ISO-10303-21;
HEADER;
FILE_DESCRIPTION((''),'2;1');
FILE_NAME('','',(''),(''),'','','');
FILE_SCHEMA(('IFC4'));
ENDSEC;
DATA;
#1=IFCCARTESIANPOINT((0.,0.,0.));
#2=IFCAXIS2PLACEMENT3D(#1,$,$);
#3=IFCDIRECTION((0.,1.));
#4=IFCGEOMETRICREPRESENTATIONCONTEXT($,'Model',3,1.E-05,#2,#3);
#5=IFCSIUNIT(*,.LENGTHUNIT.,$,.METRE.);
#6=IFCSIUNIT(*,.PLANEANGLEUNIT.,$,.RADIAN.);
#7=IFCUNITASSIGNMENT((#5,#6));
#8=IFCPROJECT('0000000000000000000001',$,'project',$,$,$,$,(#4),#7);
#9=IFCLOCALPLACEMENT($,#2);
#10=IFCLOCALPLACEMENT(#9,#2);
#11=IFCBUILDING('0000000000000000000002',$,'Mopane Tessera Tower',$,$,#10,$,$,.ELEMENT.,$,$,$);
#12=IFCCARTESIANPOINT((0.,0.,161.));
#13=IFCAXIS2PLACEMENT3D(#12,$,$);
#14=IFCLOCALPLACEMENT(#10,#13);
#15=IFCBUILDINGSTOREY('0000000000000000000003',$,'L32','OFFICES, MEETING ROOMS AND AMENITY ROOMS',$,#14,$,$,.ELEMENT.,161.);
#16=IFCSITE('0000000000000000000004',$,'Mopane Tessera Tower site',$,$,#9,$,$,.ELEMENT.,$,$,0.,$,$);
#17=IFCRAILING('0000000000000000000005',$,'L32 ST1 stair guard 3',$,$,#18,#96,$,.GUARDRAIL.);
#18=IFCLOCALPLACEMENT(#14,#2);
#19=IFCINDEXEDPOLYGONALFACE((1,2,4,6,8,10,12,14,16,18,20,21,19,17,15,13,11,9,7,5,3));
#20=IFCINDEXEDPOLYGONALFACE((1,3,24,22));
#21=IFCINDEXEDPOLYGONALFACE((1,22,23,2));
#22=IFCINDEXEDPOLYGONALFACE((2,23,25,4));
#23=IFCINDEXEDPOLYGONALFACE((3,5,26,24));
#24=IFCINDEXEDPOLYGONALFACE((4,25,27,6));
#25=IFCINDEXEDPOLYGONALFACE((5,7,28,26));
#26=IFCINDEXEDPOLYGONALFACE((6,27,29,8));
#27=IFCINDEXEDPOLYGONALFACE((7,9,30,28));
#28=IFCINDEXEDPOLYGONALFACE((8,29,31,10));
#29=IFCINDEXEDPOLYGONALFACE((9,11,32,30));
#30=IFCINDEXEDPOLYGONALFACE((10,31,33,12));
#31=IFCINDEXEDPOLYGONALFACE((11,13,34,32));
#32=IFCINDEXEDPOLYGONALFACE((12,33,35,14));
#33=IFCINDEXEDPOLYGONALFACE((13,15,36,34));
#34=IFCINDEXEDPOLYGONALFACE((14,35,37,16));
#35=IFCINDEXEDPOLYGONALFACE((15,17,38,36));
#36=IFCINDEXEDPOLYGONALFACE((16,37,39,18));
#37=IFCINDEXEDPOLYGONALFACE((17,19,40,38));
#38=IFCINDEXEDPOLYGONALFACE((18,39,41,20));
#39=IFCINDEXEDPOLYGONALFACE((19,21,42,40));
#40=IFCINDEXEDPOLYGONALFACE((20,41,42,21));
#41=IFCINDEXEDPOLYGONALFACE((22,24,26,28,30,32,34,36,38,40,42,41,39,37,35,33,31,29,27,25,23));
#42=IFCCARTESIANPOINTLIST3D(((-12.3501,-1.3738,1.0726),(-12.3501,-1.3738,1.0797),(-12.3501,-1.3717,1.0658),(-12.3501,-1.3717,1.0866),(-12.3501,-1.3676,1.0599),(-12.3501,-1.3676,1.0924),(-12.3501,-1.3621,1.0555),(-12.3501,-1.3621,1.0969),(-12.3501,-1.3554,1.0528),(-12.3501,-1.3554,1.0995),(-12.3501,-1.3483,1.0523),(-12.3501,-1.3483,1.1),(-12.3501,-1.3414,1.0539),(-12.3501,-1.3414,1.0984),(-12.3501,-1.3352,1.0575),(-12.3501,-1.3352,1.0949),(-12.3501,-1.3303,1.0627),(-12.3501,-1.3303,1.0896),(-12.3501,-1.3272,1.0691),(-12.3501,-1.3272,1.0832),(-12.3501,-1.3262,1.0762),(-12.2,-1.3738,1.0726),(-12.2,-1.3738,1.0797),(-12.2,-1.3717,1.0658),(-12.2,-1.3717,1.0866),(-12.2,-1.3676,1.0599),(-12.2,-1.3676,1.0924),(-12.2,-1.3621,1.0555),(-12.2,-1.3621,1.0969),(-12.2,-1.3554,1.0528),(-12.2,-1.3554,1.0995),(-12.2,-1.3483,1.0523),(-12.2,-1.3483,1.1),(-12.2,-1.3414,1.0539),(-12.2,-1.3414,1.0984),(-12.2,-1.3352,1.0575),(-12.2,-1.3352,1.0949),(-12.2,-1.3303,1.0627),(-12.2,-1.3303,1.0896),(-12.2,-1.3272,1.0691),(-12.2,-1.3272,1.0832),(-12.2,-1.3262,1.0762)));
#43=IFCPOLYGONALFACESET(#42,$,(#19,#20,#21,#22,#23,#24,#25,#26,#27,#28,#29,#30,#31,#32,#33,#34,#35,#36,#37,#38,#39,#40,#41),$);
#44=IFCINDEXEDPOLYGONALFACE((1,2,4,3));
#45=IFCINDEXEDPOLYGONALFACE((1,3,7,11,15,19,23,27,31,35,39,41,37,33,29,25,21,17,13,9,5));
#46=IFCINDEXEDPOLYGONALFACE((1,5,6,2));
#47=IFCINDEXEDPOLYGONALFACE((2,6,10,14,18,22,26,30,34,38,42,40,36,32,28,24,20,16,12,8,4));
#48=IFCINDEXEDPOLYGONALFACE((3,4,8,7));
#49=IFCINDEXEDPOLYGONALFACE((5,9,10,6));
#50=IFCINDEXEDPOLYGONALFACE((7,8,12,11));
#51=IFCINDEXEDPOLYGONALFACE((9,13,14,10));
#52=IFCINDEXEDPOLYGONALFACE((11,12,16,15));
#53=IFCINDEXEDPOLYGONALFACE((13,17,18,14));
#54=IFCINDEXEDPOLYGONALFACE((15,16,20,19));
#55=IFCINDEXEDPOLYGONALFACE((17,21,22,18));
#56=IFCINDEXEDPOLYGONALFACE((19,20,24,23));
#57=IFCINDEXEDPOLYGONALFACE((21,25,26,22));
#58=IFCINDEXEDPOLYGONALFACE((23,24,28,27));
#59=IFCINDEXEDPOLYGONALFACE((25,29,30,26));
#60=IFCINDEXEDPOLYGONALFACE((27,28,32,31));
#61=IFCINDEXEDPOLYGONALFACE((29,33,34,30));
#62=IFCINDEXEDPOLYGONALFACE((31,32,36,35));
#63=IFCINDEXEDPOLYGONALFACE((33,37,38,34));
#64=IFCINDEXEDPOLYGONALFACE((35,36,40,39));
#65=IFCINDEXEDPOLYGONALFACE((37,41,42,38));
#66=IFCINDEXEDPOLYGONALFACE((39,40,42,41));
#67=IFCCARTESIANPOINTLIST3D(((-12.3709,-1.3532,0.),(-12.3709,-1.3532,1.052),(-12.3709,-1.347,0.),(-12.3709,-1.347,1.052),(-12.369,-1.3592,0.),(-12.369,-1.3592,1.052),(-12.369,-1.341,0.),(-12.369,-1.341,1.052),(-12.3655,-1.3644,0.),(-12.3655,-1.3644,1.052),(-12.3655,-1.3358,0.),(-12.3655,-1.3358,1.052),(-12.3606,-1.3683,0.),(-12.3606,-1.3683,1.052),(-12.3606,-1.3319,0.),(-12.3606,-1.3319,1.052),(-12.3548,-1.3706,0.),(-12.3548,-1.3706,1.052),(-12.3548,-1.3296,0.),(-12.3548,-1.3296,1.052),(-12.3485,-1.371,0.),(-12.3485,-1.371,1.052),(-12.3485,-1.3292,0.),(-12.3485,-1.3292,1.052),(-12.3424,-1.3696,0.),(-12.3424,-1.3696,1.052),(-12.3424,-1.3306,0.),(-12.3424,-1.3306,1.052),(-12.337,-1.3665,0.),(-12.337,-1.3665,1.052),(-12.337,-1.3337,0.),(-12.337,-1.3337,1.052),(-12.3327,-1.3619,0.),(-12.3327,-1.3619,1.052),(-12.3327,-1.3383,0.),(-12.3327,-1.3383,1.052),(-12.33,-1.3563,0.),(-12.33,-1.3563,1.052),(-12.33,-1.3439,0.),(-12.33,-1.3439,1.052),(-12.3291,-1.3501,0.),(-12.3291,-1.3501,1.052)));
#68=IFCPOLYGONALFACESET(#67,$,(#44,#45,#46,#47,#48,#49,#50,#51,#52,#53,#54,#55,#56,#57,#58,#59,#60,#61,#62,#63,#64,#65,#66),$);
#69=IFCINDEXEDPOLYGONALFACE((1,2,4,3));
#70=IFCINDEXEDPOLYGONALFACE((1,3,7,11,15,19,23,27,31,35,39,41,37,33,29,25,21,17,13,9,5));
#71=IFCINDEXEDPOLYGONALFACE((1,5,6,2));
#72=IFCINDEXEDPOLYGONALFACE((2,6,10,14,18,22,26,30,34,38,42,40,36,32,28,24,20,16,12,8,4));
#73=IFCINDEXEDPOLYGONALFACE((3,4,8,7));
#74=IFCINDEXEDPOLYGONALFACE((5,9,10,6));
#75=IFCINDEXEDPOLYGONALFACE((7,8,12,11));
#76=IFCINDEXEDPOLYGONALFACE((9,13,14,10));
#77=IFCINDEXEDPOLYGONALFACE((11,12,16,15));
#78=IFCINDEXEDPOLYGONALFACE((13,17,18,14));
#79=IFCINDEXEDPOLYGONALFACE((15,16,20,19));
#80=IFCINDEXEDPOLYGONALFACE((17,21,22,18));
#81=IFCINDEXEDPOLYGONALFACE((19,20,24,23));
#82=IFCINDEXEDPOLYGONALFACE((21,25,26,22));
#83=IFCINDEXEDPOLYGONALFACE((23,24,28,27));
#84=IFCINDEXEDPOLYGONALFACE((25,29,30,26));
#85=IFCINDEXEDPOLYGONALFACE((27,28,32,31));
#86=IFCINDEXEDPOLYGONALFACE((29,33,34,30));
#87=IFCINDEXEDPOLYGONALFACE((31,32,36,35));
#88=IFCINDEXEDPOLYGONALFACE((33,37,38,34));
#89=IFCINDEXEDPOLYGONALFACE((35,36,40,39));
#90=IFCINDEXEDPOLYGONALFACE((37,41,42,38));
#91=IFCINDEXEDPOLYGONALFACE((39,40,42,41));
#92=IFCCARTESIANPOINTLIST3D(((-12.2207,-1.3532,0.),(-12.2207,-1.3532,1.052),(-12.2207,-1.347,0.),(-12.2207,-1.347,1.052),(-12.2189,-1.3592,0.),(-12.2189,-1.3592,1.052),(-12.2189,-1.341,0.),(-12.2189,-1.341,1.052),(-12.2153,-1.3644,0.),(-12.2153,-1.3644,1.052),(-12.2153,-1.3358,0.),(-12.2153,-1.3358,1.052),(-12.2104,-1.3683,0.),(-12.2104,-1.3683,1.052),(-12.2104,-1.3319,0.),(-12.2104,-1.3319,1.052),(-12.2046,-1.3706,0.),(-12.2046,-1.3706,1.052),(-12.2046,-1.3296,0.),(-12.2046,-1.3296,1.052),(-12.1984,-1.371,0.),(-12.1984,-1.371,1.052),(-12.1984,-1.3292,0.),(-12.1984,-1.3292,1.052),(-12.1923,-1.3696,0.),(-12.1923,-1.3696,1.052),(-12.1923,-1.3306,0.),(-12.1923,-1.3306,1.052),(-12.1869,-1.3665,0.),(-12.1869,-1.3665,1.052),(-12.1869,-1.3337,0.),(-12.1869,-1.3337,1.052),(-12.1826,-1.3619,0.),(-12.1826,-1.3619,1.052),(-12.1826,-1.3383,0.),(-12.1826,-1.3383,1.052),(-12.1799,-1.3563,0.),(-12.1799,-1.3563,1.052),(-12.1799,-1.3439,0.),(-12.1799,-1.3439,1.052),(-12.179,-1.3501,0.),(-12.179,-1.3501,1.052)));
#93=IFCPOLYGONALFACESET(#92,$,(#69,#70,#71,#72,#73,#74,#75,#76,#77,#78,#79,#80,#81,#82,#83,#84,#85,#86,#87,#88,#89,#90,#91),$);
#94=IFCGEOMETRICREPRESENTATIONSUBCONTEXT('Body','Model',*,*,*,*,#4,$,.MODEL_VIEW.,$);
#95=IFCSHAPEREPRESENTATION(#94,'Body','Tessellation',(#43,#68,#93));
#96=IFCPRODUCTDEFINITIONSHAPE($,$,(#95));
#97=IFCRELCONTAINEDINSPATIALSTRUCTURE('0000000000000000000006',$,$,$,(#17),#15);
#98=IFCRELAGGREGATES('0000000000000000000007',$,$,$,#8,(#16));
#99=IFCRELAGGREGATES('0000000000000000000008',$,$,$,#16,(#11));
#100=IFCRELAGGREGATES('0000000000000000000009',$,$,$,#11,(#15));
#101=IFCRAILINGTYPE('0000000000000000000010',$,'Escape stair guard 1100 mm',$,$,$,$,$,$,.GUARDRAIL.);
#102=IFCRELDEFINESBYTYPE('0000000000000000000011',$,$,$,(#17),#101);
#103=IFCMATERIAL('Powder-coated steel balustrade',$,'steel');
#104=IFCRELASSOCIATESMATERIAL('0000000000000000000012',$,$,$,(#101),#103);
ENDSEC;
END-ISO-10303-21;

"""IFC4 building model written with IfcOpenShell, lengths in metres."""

from ifc_helpers import new_model, si_unit, direction, frame, origin, origin_2d, place, context, subcontext, project, spatial, circle, extrude, material, type_object, element, save


model = new_model("IFC4")

# Units and contexts
model_context = context("Model", 3, precision=1e-05, world=origin(), true_north=direction((0.0, 1.0)))
body_context = subcontext(model_context, "Body", "Model", "MODEL_VIEW")
ifc_project = project(units=[si_unit("LENGTHUNIT", "METRE"), si_unit("PLANEANGLEUNIT", "RADIAN")], contexts=[model_context])

# Site, building, storey
site_placement = place(None, origin())
site = spatial("IfcSite", under=ifc_project, at=site_placement, Name="Mopane Tessera Tower site", CompositionType="ELEMENT", RefElevation=0.0)
building_placement = place(site_placement, origin())
building = spatial("IfcBuilding", under=site, at=building_placement, Name="Mopane Tessera Tower", CompositionType="ELEMENT")
storey_placement = place(building_placement, frame((0.0, 0.0, 161.0)))
storey = spatial("IfcBuildingStorey", under=building, at=storey_placement, Name="L32", Description="OFFICES, MEETING ROOMS AND AMENITY ROOMS", CompositionType="ELEMENT", Elevation=161.0)

# Railing
ifc_material_1 = material(Name="Powder-coated steel balustrade", Category="steel")
railing_type_1 = type_object("IfcRailingType", Name="Escape stair guard 1100 mm", PredefinedType="GUARDRAIL", material=ifc_material_1)
railing_1_placement = place(storey_placement, frame((-12.3501, -1.3501, 0.0)))
element("IfcRailing", 1, at=railing_1_placement, inside=storey, type_object=railing_type_1, Name="L32 ST1 stair guard 3", PredefinedType="GUARDRAIL", context=body_context, shape_type="SweptSolid", body=[
    extrude(circle(Radius=0.0239, at=origin_2d()), frame((0.0, 0.0, 1.0762), z_axis=(1.0, 0.0, 0.0), x_axis=(0.0, 1.0, 0.0)), (0.0, 0.0, 1.0), 0.1501),
    extrude(circle(Radius=0.021, at=origin_2d()), origin(), (0.0, 0.0, 1.0), 1.052),
    extrude(circle(Radius=0.021, at=origin_2d()), frame((0.1501, 0.0, 0.0)), (0.0, 0.0, 1.0), 1.052),
])

save(model, "model.ifc")
